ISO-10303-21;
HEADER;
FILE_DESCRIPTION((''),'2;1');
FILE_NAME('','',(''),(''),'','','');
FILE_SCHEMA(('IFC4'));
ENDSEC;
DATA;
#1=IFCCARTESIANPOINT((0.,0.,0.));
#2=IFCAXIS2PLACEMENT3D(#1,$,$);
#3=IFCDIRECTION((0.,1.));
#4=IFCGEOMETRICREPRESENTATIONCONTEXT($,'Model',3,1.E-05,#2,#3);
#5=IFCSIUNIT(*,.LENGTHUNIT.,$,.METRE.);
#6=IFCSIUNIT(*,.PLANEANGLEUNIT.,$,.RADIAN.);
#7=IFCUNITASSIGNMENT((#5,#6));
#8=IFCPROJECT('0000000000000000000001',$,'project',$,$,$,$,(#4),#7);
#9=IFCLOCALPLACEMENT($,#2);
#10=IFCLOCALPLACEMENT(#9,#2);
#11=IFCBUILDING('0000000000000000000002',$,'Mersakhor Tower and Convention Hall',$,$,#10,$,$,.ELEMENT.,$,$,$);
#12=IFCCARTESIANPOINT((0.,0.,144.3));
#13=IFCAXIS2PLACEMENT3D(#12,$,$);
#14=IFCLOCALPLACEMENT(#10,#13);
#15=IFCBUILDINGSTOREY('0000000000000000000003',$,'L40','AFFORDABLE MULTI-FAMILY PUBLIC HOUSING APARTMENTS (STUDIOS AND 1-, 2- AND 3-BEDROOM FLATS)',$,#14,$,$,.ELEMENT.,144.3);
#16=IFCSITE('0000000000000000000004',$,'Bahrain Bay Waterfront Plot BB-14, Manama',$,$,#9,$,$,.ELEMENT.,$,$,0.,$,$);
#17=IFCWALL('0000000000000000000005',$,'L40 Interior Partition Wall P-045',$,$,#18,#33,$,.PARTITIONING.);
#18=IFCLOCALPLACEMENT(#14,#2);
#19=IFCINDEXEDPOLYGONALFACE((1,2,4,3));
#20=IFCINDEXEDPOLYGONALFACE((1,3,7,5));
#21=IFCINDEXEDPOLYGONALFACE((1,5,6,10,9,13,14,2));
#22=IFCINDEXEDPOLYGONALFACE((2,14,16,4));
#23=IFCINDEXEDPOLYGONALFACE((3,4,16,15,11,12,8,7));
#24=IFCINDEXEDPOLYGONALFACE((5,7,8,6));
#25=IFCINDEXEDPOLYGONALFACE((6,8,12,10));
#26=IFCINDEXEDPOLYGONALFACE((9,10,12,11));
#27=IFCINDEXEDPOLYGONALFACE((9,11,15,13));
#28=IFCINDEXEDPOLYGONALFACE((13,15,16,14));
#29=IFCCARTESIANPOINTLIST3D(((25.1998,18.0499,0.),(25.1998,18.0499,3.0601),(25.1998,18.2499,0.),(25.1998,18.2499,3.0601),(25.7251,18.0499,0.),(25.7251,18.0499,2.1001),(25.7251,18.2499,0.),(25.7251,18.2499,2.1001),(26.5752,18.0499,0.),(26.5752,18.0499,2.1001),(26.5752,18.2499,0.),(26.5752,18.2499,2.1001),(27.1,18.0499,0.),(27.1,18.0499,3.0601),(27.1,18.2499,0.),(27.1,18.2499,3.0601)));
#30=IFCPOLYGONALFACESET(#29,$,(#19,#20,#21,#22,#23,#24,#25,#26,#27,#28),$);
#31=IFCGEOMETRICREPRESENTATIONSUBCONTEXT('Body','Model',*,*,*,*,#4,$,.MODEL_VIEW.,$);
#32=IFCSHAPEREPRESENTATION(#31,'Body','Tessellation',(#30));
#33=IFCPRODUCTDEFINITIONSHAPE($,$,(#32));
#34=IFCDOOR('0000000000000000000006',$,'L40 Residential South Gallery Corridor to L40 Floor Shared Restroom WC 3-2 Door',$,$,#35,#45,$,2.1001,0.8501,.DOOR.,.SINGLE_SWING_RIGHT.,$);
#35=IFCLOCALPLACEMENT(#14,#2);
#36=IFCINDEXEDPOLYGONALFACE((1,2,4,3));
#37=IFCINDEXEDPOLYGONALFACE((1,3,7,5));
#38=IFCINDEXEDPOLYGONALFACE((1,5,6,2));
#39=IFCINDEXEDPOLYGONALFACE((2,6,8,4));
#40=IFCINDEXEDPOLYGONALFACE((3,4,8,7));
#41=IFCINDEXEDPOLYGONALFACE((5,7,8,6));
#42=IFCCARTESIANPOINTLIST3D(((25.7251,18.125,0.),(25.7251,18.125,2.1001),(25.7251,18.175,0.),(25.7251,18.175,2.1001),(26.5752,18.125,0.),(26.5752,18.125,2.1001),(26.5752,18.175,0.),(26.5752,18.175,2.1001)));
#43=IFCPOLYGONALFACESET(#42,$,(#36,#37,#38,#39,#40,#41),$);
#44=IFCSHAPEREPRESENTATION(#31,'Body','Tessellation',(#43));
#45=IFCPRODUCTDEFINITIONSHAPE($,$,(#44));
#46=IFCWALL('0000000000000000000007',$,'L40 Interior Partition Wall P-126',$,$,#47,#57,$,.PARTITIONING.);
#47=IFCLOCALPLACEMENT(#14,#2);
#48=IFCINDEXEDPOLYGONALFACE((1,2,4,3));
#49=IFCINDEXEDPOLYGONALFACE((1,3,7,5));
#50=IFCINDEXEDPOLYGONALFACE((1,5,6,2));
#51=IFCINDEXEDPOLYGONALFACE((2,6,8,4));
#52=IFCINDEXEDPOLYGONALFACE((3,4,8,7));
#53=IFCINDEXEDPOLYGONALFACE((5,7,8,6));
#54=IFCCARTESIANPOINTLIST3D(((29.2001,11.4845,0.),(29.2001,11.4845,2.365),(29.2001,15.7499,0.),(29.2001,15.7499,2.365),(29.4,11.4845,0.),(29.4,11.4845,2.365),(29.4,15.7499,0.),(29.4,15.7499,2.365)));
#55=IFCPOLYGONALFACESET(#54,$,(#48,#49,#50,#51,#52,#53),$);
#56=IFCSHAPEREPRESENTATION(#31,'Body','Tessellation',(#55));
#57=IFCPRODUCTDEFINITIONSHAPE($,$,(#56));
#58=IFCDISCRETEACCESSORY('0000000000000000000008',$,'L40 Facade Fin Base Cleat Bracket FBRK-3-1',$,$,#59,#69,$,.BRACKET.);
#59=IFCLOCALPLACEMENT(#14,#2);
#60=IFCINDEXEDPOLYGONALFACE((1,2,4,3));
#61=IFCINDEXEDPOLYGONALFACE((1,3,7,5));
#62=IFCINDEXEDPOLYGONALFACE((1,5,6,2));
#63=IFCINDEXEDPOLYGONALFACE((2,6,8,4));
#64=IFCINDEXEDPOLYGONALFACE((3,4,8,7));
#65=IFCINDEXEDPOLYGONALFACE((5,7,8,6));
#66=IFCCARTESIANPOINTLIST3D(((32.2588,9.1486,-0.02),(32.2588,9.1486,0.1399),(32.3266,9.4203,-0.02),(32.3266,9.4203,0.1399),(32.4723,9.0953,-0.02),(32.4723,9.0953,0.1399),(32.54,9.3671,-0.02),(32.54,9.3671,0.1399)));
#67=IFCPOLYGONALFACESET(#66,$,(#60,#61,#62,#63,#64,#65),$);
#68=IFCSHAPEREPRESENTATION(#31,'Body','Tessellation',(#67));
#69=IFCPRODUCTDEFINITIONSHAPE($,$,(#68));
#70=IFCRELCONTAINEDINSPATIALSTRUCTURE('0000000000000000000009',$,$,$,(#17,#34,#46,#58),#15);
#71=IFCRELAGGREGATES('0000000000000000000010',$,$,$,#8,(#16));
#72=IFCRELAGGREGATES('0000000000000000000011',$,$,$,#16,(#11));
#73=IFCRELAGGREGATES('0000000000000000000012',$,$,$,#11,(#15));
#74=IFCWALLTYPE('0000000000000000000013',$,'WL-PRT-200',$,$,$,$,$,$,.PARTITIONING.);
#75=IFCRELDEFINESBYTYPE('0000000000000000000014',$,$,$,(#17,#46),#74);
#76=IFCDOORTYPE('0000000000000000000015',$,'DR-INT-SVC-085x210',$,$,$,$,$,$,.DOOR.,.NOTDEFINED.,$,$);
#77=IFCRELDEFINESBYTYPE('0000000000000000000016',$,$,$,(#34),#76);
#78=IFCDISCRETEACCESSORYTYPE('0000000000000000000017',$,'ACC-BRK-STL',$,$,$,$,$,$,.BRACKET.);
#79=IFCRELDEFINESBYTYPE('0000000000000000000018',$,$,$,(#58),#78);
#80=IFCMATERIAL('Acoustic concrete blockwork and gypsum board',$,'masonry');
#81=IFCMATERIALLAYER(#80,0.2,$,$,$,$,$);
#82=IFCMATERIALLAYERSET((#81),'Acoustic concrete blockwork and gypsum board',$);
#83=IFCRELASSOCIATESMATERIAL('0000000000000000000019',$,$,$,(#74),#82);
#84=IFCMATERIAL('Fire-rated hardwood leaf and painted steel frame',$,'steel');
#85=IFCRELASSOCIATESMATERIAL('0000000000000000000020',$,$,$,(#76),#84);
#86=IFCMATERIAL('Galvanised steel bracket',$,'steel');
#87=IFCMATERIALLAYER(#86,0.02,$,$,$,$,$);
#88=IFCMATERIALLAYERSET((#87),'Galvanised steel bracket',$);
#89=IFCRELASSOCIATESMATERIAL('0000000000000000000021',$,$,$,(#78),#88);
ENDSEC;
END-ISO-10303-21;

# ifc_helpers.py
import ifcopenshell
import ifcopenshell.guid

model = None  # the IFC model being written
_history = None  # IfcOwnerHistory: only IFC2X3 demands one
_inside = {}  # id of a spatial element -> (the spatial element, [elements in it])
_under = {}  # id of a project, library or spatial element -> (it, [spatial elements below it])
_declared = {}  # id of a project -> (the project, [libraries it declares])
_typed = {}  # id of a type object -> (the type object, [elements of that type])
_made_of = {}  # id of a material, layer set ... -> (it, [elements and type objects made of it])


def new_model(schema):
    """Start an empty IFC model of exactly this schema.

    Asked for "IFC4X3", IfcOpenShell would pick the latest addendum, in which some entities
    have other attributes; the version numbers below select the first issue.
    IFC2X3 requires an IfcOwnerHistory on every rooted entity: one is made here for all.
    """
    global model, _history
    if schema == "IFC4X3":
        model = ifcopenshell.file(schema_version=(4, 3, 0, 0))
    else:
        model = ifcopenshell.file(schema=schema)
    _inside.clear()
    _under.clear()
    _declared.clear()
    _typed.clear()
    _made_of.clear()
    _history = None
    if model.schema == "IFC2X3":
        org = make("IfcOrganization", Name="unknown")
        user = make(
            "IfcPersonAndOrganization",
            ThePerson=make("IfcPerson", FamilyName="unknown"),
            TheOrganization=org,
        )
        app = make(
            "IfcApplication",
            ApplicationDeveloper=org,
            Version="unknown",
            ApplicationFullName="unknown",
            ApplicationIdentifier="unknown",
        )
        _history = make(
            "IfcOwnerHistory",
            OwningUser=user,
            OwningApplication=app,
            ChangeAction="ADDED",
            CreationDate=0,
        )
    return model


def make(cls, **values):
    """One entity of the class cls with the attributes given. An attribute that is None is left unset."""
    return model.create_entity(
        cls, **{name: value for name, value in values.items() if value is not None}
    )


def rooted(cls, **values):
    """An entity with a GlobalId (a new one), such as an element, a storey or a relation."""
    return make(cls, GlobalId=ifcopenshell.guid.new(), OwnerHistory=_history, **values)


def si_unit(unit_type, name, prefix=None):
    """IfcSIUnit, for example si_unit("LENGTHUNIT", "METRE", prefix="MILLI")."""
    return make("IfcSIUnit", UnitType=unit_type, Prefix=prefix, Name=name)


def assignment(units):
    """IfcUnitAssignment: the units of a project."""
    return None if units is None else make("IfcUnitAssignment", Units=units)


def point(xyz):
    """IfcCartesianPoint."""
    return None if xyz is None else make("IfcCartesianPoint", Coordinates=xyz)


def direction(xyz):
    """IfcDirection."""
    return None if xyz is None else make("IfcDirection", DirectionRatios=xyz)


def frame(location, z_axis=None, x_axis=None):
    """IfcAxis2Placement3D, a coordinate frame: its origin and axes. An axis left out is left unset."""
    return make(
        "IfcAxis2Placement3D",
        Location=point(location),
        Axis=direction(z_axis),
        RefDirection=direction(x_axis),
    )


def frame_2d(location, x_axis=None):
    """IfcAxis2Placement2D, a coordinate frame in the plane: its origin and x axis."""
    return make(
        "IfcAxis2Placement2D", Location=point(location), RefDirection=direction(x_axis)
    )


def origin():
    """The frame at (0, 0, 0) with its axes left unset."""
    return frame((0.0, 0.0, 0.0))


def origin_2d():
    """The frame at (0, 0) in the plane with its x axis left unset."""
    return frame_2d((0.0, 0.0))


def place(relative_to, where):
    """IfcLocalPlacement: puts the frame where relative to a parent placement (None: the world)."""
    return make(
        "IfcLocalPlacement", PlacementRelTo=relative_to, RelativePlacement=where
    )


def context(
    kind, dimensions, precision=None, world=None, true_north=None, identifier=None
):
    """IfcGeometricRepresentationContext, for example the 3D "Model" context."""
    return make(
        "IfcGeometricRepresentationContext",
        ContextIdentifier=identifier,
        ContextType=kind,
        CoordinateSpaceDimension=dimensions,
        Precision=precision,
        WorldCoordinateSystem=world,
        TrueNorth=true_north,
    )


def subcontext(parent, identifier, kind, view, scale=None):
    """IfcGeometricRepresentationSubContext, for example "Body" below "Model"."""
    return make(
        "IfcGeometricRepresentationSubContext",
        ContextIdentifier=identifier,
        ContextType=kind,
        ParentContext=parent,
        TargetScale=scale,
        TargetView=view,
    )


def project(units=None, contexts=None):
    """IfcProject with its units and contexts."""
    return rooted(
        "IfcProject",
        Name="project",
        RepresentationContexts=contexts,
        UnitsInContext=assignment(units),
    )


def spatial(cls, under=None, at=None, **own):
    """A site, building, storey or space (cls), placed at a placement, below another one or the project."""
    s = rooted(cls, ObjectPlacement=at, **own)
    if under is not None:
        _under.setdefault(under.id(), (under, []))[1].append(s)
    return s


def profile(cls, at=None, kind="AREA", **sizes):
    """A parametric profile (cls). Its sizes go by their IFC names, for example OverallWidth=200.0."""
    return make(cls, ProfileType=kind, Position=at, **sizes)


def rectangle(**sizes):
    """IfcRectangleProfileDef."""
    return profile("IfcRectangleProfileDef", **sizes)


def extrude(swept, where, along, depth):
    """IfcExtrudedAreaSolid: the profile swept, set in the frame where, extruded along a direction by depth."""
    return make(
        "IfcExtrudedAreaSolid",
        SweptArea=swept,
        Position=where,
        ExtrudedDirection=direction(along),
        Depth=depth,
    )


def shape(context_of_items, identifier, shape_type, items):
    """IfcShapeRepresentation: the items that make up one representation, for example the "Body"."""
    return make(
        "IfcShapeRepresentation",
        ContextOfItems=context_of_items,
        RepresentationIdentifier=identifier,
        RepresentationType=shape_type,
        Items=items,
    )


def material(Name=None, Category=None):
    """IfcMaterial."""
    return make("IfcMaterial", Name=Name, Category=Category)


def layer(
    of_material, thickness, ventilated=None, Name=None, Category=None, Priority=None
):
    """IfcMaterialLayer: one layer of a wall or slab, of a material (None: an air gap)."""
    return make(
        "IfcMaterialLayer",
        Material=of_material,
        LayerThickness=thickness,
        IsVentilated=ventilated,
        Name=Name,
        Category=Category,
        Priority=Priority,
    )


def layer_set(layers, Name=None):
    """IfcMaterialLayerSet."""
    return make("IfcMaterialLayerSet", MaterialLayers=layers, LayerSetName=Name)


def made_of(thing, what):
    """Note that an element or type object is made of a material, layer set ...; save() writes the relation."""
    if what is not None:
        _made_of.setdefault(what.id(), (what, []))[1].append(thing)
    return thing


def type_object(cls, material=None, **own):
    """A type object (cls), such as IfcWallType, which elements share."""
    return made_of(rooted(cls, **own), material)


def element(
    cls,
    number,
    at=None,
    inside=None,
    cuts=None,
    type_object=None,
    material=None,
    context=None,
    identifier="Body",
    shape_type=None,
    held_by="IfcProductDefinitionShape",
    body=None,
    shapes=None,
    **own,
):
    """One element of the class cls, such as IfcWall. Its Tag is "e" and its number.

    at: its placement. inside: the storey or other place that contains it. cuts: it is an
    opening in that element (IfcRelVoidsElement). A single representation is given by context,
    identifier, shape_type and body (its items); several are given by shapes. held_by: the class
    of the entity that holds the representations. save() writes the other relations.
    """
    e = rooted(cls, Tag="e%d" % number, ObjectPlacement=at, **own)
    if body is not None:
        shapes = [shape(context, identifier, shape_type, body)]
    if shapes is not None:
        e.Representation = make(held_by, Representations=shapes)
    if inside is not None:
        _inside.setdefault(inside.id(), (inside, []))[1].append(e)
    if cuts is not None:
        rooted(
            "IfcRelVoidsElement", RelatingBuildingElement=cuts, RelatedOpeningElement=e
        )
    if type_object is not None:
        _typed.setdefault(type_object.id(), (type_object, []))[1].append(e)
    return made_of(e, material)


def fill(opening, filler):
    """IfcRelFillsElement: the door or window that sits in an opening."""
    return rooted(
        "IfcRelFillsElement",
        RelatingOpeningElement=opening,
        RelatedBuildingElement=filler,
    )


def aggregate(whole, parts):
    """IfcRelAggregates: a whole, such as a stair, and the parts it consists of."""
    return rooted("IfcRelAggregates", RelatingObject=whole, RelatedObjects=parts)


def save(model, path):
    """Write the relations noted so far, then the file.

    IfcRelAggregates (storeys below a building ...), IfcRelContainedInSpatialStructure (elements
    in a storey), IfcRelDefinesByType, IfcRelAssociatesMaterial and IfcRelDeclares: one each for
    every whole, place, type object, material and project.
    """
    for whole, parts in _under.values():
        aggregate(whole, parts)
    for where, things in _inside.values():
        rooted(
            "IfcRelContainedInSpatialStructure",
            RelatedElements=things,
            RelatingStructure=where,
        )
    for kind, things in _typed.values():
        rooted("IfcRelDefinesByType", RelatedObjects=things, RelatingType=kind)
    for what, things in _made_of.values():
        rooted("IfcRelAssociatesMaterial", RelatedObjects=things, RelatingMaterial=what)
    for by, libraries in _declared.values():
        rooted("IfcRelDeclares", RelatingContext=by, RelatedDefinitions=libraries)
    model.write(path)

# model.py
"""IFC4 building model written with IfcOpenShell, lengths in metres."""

from ifc_helpers import new_model, si_unit, direction, frame, frame_2d, origin, origin_2d, place, context, subcontext, project, spatial, rectangle, extrude, material, layer, layer_set, type_object, element, fill, save


model = new_model("IFC4")

# Units and contexts
model_context = context("Model", 3, precision=1e-05, world=origin(), true_north=direction((0.0, 1.0)))
body_context = subcontext(model_context, "Body", "Model", "MODEL_VIEW")
ifc_project = project(units=[si_unit("LENGTHUNIT", "METRE"), si_unit("PLANEANGLEUNIT", "RADIAN")], contexts=[model_context])

# Site, building, storey
site_placement = place(None, origin())
site = spatial("IfcSite", under=ifc_project, at=site_placement, Name="Bahrain Bay Waterfront Plot BB-14, Manama", CompositionType="ELEMENT", RefElevation=0.0)
building_placement = place(site_placement, origin())
building = spatial("IfcBuilding", under=site, at=building_placement, Name="Mersakhor Tower and Convention Hall", CompositionType="ELEMENT")
storey_placement = place(building_placement, frame((0.0, 0.0, 144.3)))
storey = spatial("IfcBuildingStorey", under=building, at=storey_placement, Name="L40", Description="AFFORDABLE MULTI-FAMILY PUBLIC HOUSING APARTMENTS (STUDIOS AND 1-, 2- AND 3-BEDROOM FLATS)", CompositionType="ELEMENT", Elevation=144.3)

# Shared definitions
ifc_material_1 = material(Name="Acoustic concrete blockwork and gypsum board", Category="masonry")
ifc_layer_1 = layer(ifc_material_1, 0.2)
ifc_layer_set_1 = layer_set([ifc_layer_1], Name="Acoustic concrete blockwork and gypsum board")
wall_type_1 = type_object("IfcWallType", Name="WL-PRT-200", PredefinedType="PARTITIONING", material=ifc_layer_set_1)

# Wall, opening, door
wall_1_placement = place(storey_placement, frame((27.1001, 18.1499, 0.0), z_axis=(0.0, 0.0, 1.0), x_axis=(-1.0, 0.0, 0.0)))
wall_1 = element("IfcWall", 1, at=wall_1_placement, inside=storey, type_object=wall_type_1, Name="L40 Interior Partition Wall P-045", PredefinedType="PARTITIONING", context=body_context, shape_type="SweptSolid", body=[
    extrude(rectangle(XDim=1.9001, YDim=0.2, at=frame_2d((0.9502, 0.0))), origin(), (0.0, 0.0, 1.0), 3.0601),
])
opening_1_placement = place(wall_1_placement, frame((0.5249, 0.0, 0.0)))
opening_1 = element("IfcOpeningElement", 2, at=opening_1_placement, cuts=wall_1, PredefinedType="OPENING", context=body_context, shape_type="SweptSolid", body=[
    extrude(rectangle(XDim=0.8501, YDim=2.1001, at=frame_2d((0.425, 1.05))), frame((0.0, 0.1099, 0.0), z_axis=(0.0, -1.0, 0.0), x_axis=(1.0, 0.0, 0.0)), (0.0, 0.0, 1.0), 0.22),
])
ifc_material_2 = material(Name="Fire-rated hardwood leaf and painted steel frame", Category="steel")
door_type_1 = type_object("IfcDoorType", Name="DR-INT-SVC-085x210", OperationType="NOTDEFINED", PredefinedType="DOOR", material=ifc_material_2)
door_1_placement = place(opening_1_placement, origin())
door_1 = element("IfcDoor", 3, at=door_1_placement, inside=storey, type_object=door_type_1, Name="L40 Residential South Gallery Corridor to L40 Floor Shared Restroom WC 3-2 Door", OperationType="SINGLE_SWING_RIGHT", OverallHeight=2.1001, OverallWidth=0.8501, PredefinedType="DOOR", context=body_context, shape_type="SweptSolid", body=[
    extrude(rectangle(XDim=0.8501, YDim=2.1001, at=frame_2d((0.425, 1.05))), frame((0.0, 0.0249, 0.0), z_axis=(0.0, -1.0, 0.0), x_axis=(1.0, 0.0, 0.0)), (0.0, 0.0, 1.0), 0.05),
])
fill(opening_1, door_1)

# Wall
wall_2_placement = place(storey_placement, frame((29.3, 15.75, 0.0), z_axis=(0.0, 0.0, 1.0), x_axis=(0.0, -1.0, 0.0)))
element("IfcWall", 4, at=wall_2_placement, inside=storey, type_object=wall_type_1, Name="L40 Interior Partition Wall P-126", PredefinedType="PARTITIONING", context=body_context, shape_type="SweptSolid", body=[
    extrude(rectangle(XDim=4.2654, YDim=0.2, at=frame_2d((2.1328, 0.0))), origin(), (0.0, 0.0, 1.0), 2.365),
])

# Discrete accessory
ifc_material_3 = material(Name="Galvanised steel bracket", Category="steel")
ifc_layer_2 = layer(ifc_material_3, 0.02)
ifc_layer_set_2 = layer_set([ifc_layer_2], Name="Galvanised steel bracket")
discrete_accessory_type = type_object("IfcDiscreteAccessoryType", Name="ACC-BRK-STL", PredefinedType="BRACKET", material=ifc_layer_set_2)
discrete_accessory_placement = place(storey_placement, frame((32.3994, 9.2578, -0.02), z_axis=(0.0, 0.0, 1.0), x_axis=(-0.241922, -0.970296, 0.0)))
element("IfcDiscreteAccessory", 5, at=discrete_accessory_placement, inside=storey, type_object=discrete_accessory_type, Name="L40 Facade Fin Base Cleat Bracket FBRK-3-1", PredefinedType="BRACKET", context=body_context, shape_type="SweptSolid", body=[
    extrude(rectangle(XDim=0.28, YDim=0.22, at=origin_2d()), origin(), (0.0, 0.0, 1.0), 0.1599),
])

save(model, "model.ifc")
